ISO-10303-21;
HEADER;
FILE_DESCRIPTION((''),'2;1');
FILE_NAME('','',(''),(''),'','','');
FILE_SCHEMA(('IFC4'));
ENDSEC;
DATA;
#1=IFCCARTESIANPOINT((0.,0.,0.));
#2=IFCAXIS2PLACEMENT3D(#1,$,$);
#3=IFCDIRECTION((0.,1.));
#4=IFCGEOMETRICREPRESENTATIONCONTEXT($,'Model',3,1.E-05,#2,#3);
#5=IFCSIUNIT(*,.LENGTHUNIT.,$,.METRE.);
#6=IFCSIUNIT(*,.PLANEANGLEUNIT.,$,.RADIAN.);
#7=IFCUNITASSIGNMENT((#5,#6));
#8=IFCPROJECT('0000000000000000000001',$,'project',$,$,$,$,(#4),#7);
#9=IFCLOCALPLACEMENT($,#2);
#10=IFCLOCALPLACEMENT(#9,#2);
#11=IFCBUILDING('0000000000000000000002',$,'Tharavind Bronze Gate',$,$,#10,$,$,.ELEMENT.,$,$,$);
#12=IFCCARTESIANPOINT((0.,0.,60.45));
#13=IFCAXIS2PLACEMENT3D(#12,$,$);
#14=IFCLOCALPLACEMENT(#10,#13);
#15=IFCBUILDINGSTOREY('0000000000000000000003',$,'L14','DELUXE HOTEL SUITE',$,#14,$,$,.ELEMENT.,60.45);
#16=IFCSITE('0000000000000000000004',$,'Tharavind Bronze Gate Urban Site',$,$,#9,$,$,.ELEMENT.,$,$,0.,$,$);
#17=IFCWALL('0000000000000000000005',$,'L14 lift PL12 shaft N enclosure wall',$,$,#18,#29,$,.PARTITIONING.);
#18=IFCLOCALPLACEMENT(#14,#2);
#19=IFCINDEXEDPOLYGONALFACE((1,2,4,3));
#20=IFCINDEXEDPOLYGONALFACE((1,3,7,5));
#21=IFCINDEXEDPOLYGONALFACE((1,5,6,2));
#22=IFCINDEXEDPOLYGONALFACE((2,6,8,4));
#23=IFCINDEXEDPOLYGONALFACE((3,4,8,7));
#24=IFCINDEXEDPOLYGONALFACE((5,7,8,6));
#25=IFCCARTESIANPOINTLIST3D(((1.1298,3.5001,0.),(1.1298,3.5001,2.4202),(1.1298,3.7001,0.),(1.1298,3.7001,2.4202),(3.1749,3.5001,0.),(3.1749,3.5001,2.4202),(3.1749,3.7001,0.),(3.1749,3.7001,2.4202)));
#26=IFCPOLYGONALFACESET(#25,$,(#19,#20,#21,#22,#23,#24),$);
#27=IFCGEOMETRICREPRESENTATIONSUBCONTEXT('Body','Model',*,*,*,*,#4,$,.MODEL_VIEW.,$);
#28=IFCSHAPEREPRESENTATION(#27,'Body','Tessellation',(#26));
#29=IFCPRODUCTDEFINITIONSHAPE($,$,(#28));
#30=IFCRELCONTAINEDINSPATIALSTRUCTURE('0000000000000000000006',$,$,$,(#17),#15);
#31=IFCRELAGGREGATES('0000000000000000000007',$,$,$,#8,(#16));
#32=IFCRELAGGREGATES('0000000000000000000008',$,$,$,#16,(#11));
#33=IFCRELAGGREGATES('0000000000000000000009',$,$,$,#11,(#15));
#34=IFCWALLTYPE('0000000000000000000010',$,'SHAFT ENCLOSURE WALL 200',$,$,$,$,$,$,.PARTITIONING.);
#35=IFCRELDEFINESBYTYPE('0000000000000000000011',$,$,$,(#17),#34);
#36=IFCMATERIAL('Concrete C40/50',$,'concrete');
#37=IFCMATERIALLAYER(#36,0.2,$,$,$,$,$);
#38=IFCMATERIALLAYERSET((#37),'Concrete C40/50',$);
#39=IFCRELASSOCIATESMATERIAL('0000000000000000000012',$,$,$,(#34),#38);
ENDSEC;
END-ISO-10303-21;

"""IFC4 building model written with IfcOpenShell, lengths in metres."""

from ifc_helpers import new_model, si_unit, direction, frame, frame_2d, origin, place, context, subcontext, project, spatial, rectangle, extrude, material, layer, layer_set, type_object, element, save


model = new_model("IFC4")

# Units and contexts
model_context = context("Model", 3, precision=1e-05, world=origin(), true_north=direction((0.0, 1.0)))
body_context = subcontext(model_context, "Body", "Model", "MODEL_VIEW")
ifc_project = project(units=[si_unit("LENGTHUNIT", "METRE"), si_unit("PLANEANGLEUNIT", "RADIAN")], contexts=[model_context])

# Site, building, storey
site_placement = place(None, origin())
site = spatial("IfcSite", under=ifc_project, at=site_placement, Name="Tharavind Bronze Gate Urban Site", CompositionType="ELEMENT", RefElevation=0.0)
building_placement = place(site_placement, origin())
building = spatial("IfcBuilding", under=site, at=building_placement, Name="Tharavind Bronze Gate", CompositionType="ELEMENT")
storey_placement = place(building_placement, frame((0.0, 0.0, 60.45)))
storey = spatial("IfcBuildingStorey", under=building, at=storey_placement, Name="L14", Description="DELUXE HOTEL SUITE", CompositionType="ELEMENT", Elevation=60.45)

# Wall
ifc_material_1 = material(Name="Concrete C40/50", Category="concrete")
ifc_layer_1 = layer(ifc_material_1, 0.2)
ifc_layer_set_1 = layer_set([ifc_layer_1], Name="Concrete C40/50")
wall_type_1 = type_object("IfcWallType", Name="SHAFT ENCLOSURE WALL 200", PredefinedType="PARTITIONING", material=ifc_layer_set_1)
wall_1_placement = place(storey_placement, frame((1.1299, 3.6001, 0.0), z_axis=(0.0, 0.0, 1.0), x_axis=(1.0, 0.0, 0.0)))
element("IfcWall", 1, at=wall_1_placement, inside=storey, type_object=wall_type_1, Name="L14 lift PL12 shaft N enclosure wall", PredefinedType="PARTITIONING", context=body_context, shape_type="SweptSolid", body=[
    extrude(rectangle(XDim=2.0452, YDim=0.2, at=frame_2d((1.0225, 0.0))), origin(), (0.0, 0.0, 1.0), 2.4202),
])

save(model, "model.ifc")
